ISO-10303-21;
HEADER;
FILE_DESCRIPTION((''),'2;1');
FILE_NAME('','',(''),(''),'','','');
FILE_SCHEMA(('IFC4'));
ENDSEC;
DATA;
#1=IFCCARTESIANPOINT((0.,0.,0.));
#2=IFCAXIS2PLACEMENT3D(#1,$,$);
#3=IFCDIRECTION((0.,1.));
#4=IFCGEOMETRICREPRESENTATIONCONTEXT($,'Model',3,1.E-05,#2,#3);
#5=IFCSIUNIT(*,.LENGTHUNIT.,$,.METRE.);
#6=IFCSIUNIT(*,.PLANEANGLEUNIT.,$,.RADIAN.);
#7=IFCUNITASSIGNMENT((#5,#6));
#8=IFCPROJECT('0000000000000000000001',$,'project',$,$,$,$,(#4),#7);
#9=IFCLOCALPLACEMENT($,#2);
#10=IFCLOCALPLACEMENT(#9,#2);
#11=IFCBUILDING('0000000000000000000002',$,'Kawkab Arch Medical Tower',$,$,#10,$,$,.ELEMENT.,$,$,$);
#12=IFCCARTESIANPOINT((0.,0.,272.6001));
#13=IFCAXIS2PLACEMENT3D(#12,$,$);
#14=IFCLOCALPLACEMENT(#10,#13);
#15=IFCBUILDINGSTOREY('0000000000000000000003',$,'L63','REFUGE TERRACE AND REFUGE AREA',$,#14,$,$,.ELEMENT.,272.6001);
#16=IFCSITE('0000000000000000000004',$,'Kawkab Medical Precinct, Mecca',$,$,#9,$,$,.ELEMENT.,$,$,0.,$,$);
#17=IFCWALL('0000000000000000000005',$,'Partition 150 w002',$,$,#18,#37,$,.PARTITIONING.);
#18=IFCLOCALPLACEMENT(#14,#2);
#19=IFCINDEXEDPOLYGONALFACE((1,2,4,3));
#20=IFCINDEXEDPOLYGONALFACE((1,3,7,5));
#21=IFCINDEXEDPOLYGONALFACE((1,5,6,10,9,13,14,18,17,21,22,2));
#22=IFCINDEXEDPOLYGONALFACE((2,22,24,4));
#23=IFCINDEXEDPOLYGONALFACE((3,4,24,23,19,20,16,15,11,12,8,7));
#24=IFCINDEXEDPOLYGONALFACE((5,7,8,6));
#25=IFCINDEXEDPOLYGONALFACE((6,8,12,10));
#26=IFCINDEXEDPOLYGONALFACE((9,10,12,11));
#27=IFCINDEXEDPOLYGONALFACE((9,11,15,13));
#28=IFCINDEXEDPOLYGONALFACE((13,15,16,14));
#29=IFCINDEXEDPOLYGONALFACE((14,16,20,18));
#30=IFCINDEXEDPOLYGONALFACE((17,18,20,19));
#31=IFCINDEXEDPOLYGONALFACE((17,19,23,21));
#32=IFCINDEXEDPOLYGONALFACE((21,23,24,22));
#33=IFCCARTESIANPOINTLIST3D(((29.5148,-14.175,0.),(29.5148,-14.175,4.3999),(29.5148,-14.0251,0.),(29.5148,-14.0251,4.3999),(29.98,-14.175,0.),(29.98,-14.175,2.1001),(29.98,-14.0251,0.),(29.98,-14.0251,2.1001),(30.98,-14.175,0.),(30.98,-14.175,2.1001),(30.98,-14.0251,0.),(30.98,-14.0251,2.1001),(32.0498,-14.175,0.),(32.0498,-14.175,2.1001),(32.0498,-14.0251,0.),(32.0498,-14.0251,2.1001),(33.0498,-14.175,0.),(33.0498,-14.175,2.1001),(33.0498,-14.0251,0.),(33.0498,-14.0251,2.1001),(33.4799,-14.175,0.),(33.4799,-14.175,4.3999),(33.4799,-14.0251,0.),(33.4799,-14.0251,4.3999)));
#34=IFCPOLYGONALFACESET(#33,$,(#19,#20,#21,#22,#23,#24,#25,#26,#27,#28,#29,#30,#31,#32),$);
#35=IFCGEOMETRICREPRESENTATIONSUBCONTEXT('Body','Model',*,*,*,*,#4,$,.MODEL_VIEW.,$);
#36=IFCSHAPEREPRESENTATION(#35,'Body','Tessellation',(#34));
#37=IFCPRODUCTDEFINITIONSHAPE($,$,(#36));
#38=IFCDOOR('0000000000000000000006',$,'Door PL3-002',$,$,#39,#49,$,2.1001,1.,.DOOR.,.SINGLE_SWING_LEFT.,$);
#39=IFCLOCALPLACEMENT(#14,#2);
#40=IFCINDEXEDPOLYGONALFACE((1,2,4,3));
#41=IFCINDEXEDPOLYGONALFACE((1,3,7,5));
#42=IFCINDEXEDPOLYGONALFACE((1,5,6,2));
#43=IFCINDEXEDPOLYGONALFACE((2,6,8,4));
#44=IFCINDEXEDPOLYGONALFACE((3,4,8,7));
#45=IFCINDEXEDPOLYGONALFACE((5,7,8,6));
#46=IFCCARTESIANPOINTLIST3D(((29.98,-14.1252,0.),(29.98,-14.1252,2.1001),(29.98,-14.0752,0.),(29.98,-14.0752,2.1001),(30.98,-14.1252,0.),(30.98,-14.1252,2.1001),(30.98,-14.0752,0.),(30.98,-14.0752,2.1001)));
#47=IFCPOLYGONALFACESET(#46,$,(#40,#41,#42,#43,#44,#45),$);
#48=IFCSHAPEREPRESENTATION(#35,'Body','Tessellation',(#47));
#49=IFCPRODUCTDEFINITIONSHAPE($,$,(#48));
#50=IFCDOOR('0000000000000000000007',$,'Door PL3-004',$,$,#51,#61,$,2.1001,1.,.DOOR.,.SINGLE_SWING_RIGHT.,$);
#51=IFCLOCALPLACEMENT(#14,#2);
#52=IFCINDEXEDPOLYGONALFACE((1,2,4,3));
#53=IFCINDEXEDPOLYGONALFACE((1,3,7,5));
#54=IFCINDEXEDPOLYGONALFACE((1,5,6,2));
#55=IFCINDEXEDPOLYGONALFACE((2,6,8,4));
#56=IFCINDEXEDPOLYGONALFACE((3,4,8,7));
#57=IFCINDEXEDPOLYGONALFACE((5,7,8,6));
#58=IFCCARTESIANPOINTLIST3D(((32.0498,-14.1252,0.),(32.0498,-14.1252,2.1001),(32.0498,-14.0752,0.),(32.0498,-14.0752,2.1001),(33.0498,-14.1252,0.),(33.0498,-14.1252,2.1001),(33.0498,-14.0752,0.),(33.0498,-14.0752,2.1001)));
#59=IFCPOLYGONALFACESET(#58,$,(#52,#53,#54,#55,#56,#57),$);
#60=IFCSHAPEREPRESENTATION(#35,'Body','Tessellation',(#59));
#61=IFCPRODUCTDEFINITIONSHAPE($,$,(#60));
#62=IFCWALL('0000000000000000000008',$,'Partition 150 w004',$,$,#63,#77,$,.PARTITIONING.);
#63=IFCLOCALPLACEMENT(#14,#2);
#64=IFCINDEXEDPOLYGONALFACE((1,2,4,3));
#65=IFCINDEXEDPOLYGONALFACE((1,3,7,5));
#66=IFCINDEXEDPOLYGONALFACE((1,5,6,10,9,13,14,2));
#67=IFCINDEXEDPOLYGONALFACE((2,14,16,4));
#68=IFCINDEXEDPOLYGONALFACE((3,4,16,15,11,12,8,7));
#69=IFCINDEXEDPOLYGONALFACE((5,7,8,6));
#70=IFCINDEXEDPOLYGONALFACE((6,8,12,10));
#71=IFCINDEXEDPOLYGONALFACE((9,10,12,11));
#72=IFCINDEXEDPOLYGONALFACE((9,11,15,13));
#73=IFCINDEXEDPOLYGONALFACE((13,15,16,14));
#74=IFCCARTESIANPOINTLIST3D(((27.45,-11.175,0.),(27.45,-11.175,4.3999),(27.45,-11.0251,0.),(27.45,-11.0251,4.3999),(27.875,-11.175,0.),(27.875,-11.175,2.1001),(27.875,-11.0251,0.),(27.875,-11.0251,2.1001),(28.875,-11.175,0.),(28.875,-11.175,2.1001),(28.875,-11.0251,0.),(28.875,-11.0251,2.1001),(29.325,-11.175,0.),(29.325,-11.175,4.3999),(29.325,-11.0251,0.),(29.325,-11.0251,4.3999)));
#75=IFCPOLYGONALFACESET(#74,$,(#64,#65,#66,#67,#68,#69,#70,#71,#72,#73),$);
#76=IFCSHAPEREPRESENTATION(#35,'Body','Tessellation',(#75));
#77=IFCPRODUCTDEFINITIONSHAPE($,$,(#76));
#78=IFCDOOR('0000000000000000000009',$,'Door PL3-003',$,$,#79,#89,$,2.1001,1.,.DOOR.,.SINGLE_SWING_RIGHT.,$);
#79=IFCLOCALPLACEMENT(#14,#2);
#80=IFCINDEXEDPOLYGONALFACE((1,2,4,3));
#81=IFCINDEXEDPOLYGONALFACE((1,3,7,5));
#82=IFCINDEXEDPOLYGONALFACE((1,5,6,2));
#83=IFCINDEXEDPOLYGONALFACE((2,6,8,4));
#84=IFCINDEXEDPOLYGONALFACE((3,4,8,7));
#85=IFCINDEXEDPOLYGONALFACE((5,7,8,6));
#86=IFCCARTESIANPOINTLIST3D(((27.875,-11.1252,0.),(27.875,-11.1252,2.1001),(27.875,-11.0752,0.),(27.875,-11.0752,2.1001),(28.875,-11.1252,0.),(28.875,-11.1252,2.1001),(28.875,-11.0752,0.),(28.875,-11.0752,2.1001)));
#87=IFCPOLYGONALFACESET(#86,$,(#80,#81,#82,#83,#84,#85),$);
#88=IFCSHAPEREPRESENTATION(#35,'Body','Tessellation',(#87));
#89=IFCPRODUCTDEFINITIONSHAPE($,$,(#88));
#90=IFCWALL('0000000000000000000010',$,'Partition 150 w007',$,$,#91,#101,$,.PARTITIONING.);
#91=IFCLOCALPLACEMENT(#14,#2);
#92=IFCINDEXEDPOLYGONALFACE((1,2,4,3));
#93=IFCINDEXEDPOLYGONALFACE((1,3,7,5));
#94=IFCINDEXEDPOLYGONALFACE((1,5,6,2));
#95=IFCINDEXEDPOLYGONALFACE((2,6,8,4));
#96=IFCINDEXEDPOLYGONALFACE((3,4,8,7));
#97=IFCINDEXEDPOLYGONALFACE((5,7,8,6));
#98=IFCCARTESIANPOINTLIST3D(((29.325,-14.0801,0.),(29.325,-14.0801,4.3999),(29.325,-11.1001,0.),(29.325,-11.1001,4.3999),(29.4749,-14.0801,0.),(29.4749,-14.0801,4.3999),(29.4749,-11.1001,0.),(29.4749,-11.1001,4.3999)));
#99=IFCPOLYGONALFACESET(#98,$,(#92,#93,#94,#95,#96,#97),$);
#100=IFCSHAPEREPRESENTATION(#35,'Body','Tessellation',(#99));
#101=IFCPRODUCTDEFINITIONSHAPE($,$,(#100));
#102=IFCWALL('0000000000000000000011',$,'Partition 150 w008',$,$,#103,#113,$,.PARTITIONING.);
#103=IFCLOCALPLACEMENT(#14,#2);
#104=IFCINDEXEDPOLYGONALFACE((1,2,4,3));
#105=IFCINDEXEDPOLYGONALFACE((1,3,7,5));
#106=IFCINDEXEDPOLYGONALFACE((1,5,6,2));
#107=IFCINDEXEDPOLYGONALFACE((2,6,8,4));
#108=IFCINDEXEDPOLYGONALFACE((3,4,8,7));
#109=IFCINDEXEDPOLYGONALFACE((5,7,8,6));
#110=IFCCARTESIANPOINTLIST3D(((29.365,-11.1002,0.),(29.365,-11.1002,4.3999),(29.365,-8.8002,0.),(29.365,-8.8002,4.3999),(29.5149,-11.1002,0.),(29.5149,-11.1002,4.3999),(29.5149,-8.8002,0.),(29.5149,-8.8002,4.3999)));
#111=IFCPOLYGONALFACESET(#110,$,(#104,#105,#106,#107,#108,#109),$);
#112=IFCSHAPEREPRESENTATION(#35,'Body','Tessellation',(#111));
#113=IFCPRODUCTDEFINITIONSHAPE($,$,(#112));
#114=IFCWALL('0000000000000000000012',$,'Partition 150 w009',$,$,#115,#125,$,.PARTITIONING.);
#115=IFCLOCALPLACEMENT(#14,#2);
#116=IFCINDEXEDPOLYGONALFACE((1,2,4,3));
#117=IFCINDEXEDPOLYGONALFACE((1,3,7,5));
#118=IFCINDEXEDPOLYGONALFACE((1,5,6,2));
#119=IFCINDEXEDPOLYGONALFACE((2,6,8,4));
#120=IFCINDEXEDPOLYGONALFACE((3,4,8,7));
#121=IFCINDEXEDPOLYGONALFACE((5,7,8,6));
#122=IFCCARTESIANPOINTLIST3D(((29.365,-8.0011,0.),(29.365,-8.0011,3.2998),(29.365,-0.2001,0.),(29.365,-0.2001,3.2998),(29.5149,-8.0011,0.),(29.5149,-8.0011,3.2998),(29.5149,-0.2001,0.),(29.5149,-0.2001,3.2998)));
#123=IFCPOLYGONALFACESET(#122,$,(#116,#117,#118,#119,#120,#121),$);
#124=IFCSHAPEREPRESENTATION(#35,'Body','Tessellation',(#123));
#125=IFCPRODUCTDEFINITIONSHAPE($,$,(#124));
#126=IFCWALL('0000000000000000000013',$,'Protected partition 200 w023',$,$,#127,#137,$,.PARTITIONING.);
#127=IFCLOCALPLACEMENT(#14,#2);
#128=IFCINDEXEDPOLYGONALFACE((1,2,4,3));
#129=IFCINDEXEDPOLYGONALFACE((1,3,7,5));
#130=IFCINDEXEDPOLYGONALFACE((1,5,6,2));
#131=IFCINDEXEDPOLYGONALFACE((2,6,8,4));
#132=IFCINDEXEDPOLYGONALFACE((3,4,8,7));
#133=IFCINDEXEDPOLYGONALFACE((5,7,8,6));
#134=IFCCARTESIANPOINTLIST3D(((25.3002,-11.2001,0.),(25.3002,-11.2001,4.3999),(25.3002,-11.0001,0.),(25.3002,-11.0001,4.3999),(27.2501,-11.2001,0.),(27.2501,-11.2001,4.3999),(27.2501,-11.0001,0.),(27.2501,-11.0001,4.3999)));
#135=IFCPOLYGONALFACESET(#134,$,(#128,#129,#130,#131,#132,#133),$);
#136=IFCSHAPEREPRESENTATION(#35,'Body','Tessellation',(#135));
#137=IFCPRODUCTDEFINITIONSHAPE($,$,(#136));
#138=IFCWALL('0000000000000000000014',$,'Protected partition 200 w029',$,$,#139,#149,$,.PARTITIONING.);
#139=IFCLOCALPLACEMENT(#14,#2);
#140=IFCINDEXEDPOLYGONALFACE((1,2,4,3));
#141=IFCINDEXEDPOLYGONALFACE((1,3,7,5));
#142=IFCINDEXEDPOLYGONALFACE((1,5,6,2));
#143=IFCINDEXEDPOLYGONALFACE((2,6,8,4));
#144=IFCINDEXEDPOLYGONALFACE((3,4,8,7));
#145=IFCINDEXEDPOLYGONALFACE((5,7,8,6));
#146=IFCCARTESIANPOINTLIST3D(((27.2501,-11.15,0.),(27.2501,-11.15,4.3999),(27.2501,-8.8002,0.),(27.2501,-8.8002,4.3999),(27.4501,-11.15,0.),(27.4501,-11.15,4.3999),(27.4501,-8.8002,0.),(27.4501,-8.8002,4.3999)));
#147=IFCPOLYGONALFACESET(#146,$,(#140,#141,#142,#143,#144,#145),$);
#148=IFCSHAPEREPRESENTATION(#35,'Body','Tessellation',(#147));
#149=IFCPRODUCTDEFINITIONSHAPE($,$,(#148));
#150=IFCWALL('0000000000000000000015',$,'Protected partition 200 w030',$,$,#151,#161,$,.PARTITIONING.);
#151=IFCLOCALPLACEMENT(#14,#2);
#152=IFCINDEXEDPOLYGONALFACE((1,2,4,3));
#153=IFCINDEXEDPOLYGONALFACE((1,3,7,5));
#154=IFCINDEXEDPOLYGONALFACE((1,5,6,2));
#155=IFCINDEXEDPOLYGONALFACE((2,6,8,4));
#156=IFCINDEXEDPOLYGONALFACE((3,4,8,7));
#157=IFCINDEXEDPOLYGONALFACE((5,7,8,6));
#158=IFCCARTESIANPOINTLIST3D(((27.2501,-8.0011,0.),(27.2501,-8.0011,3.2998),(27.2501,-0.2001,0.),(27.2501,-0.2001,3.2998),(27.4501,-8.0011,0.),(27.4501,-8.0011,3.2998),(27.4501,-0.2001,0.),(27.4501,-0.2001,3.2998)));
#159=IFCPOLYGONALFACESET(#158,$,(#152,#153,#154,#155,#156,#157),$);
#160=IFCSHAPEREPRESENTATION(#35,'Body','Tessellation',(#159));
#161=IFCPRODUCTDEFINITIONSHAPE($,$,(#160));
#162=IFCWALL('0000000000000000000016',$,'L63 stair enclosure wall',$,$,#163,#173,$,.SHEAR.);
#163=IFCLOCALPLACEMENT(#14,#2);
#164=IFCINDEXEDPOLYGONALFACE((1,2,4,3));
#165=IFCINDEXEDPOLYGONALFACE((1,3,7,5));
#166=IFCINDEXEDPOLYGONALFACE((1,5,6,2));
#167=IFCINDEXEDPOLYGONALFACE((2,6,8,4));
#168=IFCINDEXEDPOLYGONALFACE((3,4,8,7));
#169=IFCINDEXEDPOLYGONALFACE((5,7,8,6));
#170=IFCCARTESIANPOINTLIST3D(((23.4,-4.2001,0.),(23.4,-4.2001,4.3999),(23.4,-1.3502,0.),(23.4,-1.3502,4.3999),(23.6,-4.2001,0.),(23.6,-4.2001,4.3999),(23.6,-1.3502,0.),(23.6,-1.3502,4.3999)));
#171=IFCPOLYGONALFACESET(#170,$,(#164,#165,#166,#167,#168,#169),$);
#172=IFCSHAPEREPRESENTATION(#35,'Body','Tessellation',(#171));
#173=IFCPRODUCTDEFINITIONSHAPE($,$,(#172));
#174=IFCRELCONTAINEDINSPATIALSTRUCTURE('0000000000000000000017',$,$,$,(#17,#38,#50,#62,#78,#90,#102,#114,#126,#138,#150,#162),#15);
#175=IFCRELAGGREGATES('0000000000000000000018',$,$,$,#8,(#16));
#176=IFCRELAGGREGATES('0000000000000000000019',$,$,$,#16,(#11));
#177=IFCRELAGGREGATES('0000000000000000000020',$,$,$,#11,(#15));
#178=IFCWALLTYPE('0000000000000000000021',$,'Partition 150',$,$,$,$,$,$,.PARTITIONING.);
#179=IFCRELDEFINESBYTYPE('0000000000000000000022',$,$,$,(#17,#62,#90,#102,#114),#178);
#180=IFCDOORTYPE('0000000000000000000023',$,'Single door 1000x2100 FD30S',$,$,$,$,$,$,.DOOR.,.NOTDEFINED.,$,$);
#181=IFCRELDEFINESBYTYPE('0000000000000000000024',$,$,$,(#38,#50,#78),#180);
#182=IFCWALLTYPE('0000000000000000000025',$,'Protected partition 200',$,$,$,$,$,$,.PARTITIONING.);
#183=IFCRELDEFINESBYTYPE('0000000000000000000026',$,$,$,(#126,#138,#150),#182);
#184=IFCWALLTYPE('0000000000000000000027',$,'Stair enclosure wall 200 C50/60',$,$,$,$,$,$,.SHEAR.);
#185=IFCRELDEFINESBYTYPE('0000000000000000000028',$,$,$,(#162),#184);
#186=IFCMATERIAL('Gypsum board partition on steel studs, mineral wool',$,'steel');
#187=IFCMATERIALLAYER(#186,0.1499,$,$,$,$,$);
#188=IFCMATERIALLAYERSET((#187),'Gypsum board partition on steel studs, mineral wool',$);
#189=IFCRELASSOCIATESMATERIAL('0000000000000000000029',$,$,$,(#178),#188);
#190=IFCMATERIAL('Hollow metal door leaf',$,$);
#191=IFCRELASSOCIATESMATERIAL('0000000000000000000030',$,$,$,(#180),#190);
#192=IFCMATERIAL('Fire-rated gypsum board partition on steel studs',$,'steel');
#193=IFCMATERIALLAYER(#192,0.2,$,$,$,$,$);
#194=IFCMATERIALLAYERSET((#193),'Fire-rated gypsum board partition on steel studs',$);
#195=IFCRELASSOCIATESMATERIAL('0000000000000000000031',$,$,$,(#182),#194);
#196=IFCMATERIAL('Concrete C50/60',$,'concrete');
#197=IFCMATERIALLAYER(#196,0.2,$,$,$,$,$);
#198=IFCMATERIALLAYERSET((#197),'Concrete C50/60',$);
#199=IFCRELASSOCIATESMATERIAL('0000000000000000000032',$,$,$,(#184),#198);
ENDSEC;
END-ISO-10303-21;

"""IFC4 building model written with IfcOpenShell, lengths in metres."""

from ifc_helpers import new_model, si_unit, direction, frame, frame_2d, origin, place, context, subcontext, project, spatial, rectangle, extrude, material, layer, layer_set, type_object, element, fill, save


model = new_model("IFC4")

# Units and contexts
model_context = context("Model", 3, precision=1e-05, world=origin(), true_north=direction((0.0, 1.0)))
body_context = subcontext(model_context, "Body", "Model", "MODEL_VIEW")
ifc_project = project(units=[si_unit("LENGTHUNIT", "METRE"), si_unit("PLANEANGLEUNIT", "RADIAN")], contexts=[model_context])

# Site, building, storey
site_placement = place(None, origin())
site = spatial("IfcSite", under=ifc_project, at=site_placement, Name="Kawkab Medical Precinct, Mecca", CompositionType="ELEMENT", RefElevation=0.0)
building_placement = place(site_placement, origin())
building = spatial("IfcBuilding", under=site, at=building_placement, Name="Kawkab Arch Medical Tower", CompositionType="ELEMENT")
storey_placement = place(building_placement, frame((0.0, 0.0, 272.6001)))
storey = spatial("IfcBuildingStorey", under=building, at=storey_placement, Name="L63", Description="REFUGE TERRACE AND REFUGE AREA", CompositionType="ELEMENT", Elevation=272.6001)

# Wall, openings, doors
ifc_material_1 = material(Name="Gypsum board partition on steel studs, mineral wool", Category="steel")
ifc_layer_1 = layer(ifc_material_1, 0.1499)
ifc_layer_set_1 = layer_set([ifc_layer_1], Name="Gypsum board partition on steel studs, mineral wool")
wall_type_1 = type_object("IfcWallType", Name="Partition 150", PredefinedType="PARTITIONING", material=ifc_layer_set_1)
wall_1_placement = place(storey_placement, frame((29.5149, -14.1001, 0.0), z_axis=(0.0, 0.0, 1.0), x_axis=(1.0, 0.0, 0.0)))
wall_1 = element("IfcWall", 1, at=wall_1_placement, inside=storey, type_object=wall_type_1, Name="Partition 150 w002", PredefinedType="PARTITIONING", context=body_context, shape_type="SweptSolid", body=[
    extrude(rectangle(XDim=3.9651, YDim=0.1499, at=frame_2d((1.9824, 0.0))), origin(), (0.0, 0.0, 1.0), 4.3999),
])
opening_1_placement = place(wall_1_placement, frame((0.4651, 0.0, 0.0)))
opening_1 = element("IfcOpeningElement", 2, at=opening_1_placement, cuts=wall_1, PredefinedType="OPENING", context=body_context, shape_type="SweptSolid", body=[
    extrude(rectangle(XDim=1.0, YDim=2.1001, at=frame_2d((0.5, 1.05))), frame((0.0, 0.085, 0.0), z_axis=(0.0, -1.0, 0.0), x_axis=(1.0, 0.0, 0.0)), (0.0, 0.0, 1.0), 0.1699),
])
opening_2_placement = place(wall_1_placement, frame((2.5349, 0.0, 0.0)))
opening_2 = element("IfcOpeningElement", 3, at=opening_2_placement, cuts=wall_1, PredefinedType="OPENING", context=body_context, shape_type="SweptSolid", body=[
    extrude(rectangle(XDim=1.0, YDim=2.1001, at=frame_2d((0.5, 1.05))), frame((0.0, 0.085, 0.0), z_axis=(0.0, -1.0, 0.0), x_axis=(1.0, 0.0, 0.0)), (0.0, 0.0, 1.0), 0.1699),
])
ifc_material_2 = material(Name="Hollow metal door leaf")
door_type_1 = type_object("IfcDoorType", Name="Single door 1000x2100 FD30S", OperationType="NOTDEFINED", PredefinedType="DOOR", material=ifc_material_2)
door_1_placement = place(opening_1_placement, origin())
door_1 = element("IfcDoor", 4, at=door_1_placement, inside=storey, type_object=door_type_1, Name="Door PL3-002", OperationType="SINGLE_SWING_LEFT", OverallHeight=2.1001, OverallWidth=1.0, PredefinedType="DOOR", context=body_context, shape_type="SweptSolid", body=[
    extrude(rectangle(XDim=1.0, YDim=2.1001, at=frame_2d((0.5, 1.05))), frame((0.0, 0.0249, 0.0), z_axis=(0.0, -1.0, 0.0), x_axis=(1.0, 0.0, 0.0)), (0.0, 0.0, 1.0), 0.05),
])
fill(opening_1, door_1)
door_2_placement = place(opening_2_placement, origin())
door_2 = element("IfcDoor", 5, at=door_2_placement, inside=storey, type_object=door_type_1, Name="Door PL3-004", OperationType="SINGLE_SWING_RIGHT", OverallHeight=2.1001, OverallWidth=1.0, PredefinedType="DOOR", context=body_context, shape_type="SweptSolid", body=[
    extrude(rectangle(XDim=1.0, YDim=2.1001, at=frame_2d((0.5, 1.05))), frame((0.0, 0.0249, 0.0), z_axis=(0.0, -1.0, 0.0), x_axis=(1.0, 0.0, 0.0)), (0.0, 0.0, 1.0), 0.05),
])
fill(opening_2, door_2)

# Wall, opening, door
wall_2_placement = place(storey_placement, frame((27.45, -11.1001, 0.0), z_axis=(0.0, 0.0, 1.0), x_axis=(1.0, 0.0, 0.0)))
wall_2 = element("IfcWall", 6, at=wall_2_placement, inside=storey, type_object=wall_type_1, Name="Partition 150 w004", PredefinedType="PARTITIONING", context=body_context, shape_type="SweptSolid", body=[
    extrude(rectangle(XDim=1.875, YDim=0.1499, at=frame_2d((0.9375, 0.0))), origin(), (0.0, 0.0, 1.0), 4.3999),
])
opening_3_placement = place(wall_2_placement, frame((0.425, 0.0, 0.0)))
opening_3 = element("IfcOpeningElement", 7, at=opening_3_placement, cuts=wall_2, PredefinedType="OPENING", context=body_context, shape_type="SweptSolid", body=[
    extrude(rectangle(XDim=1.0, YDim=2.1001, at=frame_2d((0.5, 1.05))), frame((0.0, 0.085, 0.0), z_axis=(0.0, -1.0, 0.0), x_axis=(1.0, 0.0, 0.0)), (0.0, 0.0, 1.0), 0.1699),
])
door_3_placement = place(opening_3_placement, origin())
door_3 = element("IfcDoor", 8, at=door_3_placement, inside=storey, type_object=door_type_1, Name="Door PL3-003", OperationType="SINGLE_SWING_RIGHT", OverallHeight=2.1001, OverallWidth=1.0, PredefinedType="DOOR", context=body_context, shape_type="SweptSolid", body=[
    extrude(rectangle(XDim=1.0, YDim=2.1001, at=frame_2d((0.5, 1.05))), frame((0.0, 0.0249, 0.0), z_axis=(0.0, -1.0, 0.0), x_axis=(1.0, 0.0, 0.0)), (0.0, 0.0, 1.0), 0.05),
])
fill(opening_3, door_3)

# Walls
wall_3_placement = place(storey_placement, frame((29.3999, -14.0801, 0.0), z_axis=(0.0, 0.0, 1.0), x_axis=(0.0, 1.0, 0.0)))
element("IfcWall", 9, at=wall_3_placement, inside=storey, type_object=wall_type_1, Name="Partition 150 w007", PredefinedType="PARTITIONING", context=body_context, shape_type="SweptSolid", body=[
    extrude(rectangle(XDim=2.98, YDim=0.1499, at=frame_2d((1.49, 0.0))), origin(), (0.0, 0.0, 1.0), 4.3999),
])
wall_4_placement = place(storey_placement, frame((29.4399, -11.1001, 0.0), z_axis=(0.0, 0.0, 1.0), x_axis=(0.0, 1.0, 0.0)))
element("IfcWall", 10, at=wall_4_placement, inside=storey, type_object=wall_type_1, Name="Partition 150 w008", PredefinedType="PARTITIONING", context=body_context, shape_type="SweptSolid", body=[
    extrude(rectangle(XDim=2.3, YDim=0.1499, at=frame_2d((1.1499, 0.0))), origin(), (0.0, 0.0, 1.0), 4.3999),
])
wall_5_placement = place(storey_placement, frame((29.4399, -8.001, 0.0), z_axis=(0.0, 0.0, 1.0), x_axis=(0.0, 1.0, 0.0)))
element("IfcWall", 11, at=wall_5_placement, inside=storey, type_object=wall_type_1, Name="Partition 150 w009", PredefinedType="PARTITIONING", context=body_context, shape_type="SweptSolid", body=[
    extrude(rectangle(XDim=7.801, YDim=0.1499, at=frame_2d((3.9004, 0.0))), origin(), (0.0, 0.0, 1.0), 3.2998),
])
ifc_material_3 = material(Name="Fire-rated gypsum board partition on steel studs", Category="steel")
ifc_layer_2 = layer(ifc_material_3, 0.2)
ifc_layer_set_2 = layer_set([ifc_layer_2], Name="Fire-rated gypsum board partition on steel studs")
wall_type_2 = type_object("IfcWallType", Name="Protected partition 200", PredefinedType="PARTITIONING", material=ifc_layer_set_2)
wall_6_placement = place(storey_placement, frame((25.3, -11.1001, 0.0), z_axis=(0.0, 0.0, 1.0), x_axis=(1.0, 0.0, 0.0)))
element("IfcWall", 12, at=wall_6_placement, inside=storey, type_object=wall_type_2, Name="Protected partition 200 w023", PredefinedType="PARTITIONING", context=body_context, shape_type="SweptSolid", body=[
    extrude(rectangle(XDim=1.95, YDim=0.2, at=frame_2d((0.9751, 0.0))), origin(), (0.0, 0.0, 1.0), 4.3999),
])
wall_7_placement = place(storey_placement, frame((27.3501, -11.1499, 0.0), z_axis=(0.0, 0.0, 1.0), x_axis=(0.0, 1.0, 0.0)))
element("IfcWall", 13, at=wall_7_placement, inside=storey, type_object=wall_type_2, Name="Protected partition 200 w029", PredefinedType="PARTITIONING", context=body_context, shape_type="SweptSolid", body=[
    extrude(rectangle(XDim=2.3499, YDim=0.2, at=frame_2d((1.1748, 0.0))), origin(), (0.0, 0.0, 1.0), 4.3999),
])
wall_8_placement = place(storey_placement, frame((27.3501, -8.001, 0.0), z_axis=(0.0, 0.0, 1.0), x_axis=(0.0, 1.0, 0.0)))
element("IfcWall", 14, at=wall_8_placement, inside=storey, type_object=wall_type_2, Name="Protected partition 200 w030", PredefinedType="PARTITIONING", context=body_context, shape_type="SweptSolid", body=[
    extrude(rectangle(XDim=7.801, YDim=0.2, at=frame_2d((3.9004, 0.0))), origin(), (0.0, 0.0, 1.0), 3.2998),
])
ifc_material_4 = material(Name="Concrete C50/60", Category="concrete")
ifc_layer_3 = layer(ifc_material_4, 0.2)
ifc_layer_set_3 = layer_set([ifc_layer_3], Name="Concrete C50/60")
wall_type_3 = type_object("IfcWallType", Name="Stair enclosure wall 200 C50/60", PredefinedType="SHEAR", material=ifc_layer_set_3)
wall_9_placement = place(storey_placement, frame((23.5, -4.2, 0.0), z_axis=(0.0, 0.0, 1.0), x_axis=(0.0, 1.0, 0.0)))
element("IfcWall", 15, at=wall_9_placement, inside=storey, type_object=wall_type_3, Name="L63 stair enclosure wall", PredefinedType="SHEAR", context=body_context, shape_type="SweptSolid", body=[
    extrude(rectangle(XDim=2.8499, YDim=0.2, at=frame_2d((1.4248, 0.0))), origin(), (0.0, 0.0, 1.0), 4.3999),
])

save(model, "model.ifc")
